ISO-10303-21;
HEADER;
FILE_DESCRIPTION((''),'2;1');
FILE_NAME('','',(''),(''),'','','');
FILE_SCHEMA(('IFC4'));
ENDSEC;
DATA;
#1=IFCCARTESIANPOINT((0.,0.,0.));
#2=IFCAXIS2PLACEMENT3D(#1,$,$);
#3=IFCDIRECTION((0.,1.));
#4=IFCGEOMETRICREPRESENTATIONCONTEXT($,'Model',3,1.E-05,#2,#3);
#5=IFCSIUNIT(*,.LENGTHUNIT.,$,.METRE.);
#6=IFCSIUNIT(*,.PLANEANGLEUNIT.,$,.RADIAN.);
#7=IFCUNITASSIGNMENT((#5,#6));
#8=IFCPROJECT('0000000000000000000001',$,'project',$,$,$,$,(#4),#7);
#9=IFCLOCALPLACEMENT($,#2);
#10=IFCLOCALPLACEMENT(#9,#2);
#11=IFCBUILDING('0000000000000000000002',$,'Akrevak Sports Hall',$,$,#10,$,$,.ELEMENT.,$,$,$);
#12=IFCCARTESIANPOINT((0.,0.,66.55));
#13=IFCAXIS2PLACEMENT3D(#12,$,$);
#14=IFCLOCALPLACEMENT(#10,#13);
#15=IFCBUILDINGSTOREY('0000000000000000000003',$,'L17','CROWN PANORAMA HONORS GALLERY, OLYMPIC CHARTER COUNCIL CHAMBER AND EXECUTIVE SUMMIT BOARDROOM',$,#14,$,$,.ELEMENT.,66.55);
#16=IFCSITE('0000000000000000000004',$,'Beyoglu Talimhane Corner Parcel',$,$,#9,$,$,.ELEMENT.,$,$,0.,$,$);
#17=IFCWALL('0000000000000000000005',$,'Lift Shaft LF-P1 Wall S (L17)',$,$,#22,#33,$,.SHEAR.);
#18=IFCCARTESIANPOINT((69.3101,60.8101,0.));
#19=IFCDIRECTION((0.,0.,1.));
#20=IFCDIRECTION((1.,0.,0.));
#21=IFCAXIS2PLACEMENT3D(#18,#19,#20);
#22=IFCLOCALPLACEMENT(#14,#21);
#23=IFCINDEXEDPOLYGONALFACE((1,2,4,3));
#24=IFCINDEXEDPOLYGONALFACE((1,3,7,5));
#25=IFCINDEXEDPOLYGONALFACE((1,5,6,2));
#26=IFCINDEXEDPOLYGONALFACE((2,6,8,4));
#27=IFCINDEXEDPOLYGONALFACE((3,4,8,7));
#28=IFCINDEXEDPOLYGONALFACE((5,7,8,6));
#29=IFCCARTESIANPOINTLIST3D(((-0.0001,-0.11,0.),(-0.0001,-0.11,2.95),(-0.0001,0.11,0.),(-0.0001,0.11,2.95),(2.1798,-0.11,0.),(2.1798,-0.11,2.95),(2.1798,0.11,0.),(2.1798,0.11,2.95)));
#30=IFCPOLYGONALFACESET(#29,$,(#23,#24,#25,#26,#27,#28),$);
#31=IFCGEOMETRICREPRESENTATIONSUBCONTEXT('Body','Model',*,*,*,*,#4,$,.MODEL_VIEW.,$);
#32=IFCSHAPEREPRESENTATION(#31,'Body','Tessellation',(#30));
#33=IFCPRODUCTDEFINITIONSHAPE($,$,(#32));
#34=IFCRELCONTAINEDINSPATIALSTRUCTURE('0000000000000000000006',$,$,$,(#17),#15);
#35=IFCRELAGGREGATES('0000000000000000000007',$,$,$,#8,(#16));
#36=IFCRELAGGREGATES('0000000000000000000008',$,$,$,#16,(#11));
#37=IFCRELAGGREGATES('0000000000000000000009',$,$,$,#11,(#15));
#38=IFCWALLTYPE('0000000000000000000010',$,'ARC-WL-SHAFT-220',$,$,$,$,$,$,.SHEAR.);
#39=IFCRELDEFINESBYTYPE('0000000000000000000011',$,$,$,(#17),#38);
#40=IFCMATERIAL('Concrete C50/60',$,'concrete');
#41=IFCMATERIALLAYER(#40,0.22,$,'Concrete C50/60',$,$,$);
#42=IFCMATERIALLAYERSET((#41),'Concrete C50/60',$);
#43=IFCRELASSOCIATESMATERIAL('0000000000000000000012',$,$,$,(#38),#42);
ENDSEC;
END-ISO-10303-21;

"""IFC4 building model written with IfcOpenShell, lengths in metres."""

from ifc_helpers import new_model, si_unit, direction, frame, frame_2d, origin, place, context, subcontext, project, spatial, rectangle, extrude, material, layer, layer_set, type_object, element, save


model = new_model("IFC4")

# Units and contexts
model_context = context("Model", 3, precision=1e-05, world=origin(), true_north=direction((0.0, 1.0)))
body_context = subcontext(model_context, "Body", "Model", "MODEL_VIEW")
ifc_project = project(units=[si_unit("LENGTHUNIT", "METRE"), si_unit("PLANEANGLEUNIT", "RADIAN")], contexts=[model_context])

# Site, building, storey
site_placement = place(None, origin())
site = spatial("IfcSite", under=ifc_project, at=site_placement, Name="Beyoglu Talimhane Corner Parcel", CompositionType="ELEMENT", RefElevation=0.0)
building_placement = place(site_placement, origin())
building = spatial("IfcBuilding", under=site, at=building_placement, Name="Akrevak Sports Hall", CompositionType="ELEMENT")
storey_placement = place(building_placement, frame((0.0, 0.0, 66.55)))
storey = spatial("IfcBuildingStorey", under=building, at=storey_placement, Name="L17", Description="CROWN PANORAMA HONORS GALLERY, OLYMPIC CHARTER COUNCIL CHAMBER AND EXECUTIVE SUMMIT BOARDROOM", CompositionType="ELEMENT", Elevation=66.55)

# Wall
ifc_material_1 = material(Name="Concrete C50/60", Category="concrete")
ifc_layer_1 = layer(ifc_material_1, 0.22, Name="Concrete C50/60")
ifc_layer_set_1 = layer_set([ifc_layer_1], Name="Concrete C50/60")
wall_type_1 = type_object("IfcWallType", Name="ARC-WL-SHAFT-220", PredefinedType="SHEAR", material=ifc_layer_set_1)
wall_1_placement = place(storey_placement, frame((69.3101, 60.8101, 0.0), z_axis=(0.0, 0.0, 1.0), x_axis=(1.0, 0.0, 0.0)))
element("IfcWall", 1, at=wall_1_placement, inside=storey, type_object=wall_type_1, Name="Lift Shaft LF-P1 Wall S (L17)", PredefinedType="SHEAR", context=body_context, shape_type="SweptSolid", body=[
    extrude(rectangle(XDim=2.1799, YDim=0.22, at=frame_2d((1.0898, 0.0))), origin(), (0.0, 0.0, 1.0), 2.95),
])

save(model, "model.ifc")
